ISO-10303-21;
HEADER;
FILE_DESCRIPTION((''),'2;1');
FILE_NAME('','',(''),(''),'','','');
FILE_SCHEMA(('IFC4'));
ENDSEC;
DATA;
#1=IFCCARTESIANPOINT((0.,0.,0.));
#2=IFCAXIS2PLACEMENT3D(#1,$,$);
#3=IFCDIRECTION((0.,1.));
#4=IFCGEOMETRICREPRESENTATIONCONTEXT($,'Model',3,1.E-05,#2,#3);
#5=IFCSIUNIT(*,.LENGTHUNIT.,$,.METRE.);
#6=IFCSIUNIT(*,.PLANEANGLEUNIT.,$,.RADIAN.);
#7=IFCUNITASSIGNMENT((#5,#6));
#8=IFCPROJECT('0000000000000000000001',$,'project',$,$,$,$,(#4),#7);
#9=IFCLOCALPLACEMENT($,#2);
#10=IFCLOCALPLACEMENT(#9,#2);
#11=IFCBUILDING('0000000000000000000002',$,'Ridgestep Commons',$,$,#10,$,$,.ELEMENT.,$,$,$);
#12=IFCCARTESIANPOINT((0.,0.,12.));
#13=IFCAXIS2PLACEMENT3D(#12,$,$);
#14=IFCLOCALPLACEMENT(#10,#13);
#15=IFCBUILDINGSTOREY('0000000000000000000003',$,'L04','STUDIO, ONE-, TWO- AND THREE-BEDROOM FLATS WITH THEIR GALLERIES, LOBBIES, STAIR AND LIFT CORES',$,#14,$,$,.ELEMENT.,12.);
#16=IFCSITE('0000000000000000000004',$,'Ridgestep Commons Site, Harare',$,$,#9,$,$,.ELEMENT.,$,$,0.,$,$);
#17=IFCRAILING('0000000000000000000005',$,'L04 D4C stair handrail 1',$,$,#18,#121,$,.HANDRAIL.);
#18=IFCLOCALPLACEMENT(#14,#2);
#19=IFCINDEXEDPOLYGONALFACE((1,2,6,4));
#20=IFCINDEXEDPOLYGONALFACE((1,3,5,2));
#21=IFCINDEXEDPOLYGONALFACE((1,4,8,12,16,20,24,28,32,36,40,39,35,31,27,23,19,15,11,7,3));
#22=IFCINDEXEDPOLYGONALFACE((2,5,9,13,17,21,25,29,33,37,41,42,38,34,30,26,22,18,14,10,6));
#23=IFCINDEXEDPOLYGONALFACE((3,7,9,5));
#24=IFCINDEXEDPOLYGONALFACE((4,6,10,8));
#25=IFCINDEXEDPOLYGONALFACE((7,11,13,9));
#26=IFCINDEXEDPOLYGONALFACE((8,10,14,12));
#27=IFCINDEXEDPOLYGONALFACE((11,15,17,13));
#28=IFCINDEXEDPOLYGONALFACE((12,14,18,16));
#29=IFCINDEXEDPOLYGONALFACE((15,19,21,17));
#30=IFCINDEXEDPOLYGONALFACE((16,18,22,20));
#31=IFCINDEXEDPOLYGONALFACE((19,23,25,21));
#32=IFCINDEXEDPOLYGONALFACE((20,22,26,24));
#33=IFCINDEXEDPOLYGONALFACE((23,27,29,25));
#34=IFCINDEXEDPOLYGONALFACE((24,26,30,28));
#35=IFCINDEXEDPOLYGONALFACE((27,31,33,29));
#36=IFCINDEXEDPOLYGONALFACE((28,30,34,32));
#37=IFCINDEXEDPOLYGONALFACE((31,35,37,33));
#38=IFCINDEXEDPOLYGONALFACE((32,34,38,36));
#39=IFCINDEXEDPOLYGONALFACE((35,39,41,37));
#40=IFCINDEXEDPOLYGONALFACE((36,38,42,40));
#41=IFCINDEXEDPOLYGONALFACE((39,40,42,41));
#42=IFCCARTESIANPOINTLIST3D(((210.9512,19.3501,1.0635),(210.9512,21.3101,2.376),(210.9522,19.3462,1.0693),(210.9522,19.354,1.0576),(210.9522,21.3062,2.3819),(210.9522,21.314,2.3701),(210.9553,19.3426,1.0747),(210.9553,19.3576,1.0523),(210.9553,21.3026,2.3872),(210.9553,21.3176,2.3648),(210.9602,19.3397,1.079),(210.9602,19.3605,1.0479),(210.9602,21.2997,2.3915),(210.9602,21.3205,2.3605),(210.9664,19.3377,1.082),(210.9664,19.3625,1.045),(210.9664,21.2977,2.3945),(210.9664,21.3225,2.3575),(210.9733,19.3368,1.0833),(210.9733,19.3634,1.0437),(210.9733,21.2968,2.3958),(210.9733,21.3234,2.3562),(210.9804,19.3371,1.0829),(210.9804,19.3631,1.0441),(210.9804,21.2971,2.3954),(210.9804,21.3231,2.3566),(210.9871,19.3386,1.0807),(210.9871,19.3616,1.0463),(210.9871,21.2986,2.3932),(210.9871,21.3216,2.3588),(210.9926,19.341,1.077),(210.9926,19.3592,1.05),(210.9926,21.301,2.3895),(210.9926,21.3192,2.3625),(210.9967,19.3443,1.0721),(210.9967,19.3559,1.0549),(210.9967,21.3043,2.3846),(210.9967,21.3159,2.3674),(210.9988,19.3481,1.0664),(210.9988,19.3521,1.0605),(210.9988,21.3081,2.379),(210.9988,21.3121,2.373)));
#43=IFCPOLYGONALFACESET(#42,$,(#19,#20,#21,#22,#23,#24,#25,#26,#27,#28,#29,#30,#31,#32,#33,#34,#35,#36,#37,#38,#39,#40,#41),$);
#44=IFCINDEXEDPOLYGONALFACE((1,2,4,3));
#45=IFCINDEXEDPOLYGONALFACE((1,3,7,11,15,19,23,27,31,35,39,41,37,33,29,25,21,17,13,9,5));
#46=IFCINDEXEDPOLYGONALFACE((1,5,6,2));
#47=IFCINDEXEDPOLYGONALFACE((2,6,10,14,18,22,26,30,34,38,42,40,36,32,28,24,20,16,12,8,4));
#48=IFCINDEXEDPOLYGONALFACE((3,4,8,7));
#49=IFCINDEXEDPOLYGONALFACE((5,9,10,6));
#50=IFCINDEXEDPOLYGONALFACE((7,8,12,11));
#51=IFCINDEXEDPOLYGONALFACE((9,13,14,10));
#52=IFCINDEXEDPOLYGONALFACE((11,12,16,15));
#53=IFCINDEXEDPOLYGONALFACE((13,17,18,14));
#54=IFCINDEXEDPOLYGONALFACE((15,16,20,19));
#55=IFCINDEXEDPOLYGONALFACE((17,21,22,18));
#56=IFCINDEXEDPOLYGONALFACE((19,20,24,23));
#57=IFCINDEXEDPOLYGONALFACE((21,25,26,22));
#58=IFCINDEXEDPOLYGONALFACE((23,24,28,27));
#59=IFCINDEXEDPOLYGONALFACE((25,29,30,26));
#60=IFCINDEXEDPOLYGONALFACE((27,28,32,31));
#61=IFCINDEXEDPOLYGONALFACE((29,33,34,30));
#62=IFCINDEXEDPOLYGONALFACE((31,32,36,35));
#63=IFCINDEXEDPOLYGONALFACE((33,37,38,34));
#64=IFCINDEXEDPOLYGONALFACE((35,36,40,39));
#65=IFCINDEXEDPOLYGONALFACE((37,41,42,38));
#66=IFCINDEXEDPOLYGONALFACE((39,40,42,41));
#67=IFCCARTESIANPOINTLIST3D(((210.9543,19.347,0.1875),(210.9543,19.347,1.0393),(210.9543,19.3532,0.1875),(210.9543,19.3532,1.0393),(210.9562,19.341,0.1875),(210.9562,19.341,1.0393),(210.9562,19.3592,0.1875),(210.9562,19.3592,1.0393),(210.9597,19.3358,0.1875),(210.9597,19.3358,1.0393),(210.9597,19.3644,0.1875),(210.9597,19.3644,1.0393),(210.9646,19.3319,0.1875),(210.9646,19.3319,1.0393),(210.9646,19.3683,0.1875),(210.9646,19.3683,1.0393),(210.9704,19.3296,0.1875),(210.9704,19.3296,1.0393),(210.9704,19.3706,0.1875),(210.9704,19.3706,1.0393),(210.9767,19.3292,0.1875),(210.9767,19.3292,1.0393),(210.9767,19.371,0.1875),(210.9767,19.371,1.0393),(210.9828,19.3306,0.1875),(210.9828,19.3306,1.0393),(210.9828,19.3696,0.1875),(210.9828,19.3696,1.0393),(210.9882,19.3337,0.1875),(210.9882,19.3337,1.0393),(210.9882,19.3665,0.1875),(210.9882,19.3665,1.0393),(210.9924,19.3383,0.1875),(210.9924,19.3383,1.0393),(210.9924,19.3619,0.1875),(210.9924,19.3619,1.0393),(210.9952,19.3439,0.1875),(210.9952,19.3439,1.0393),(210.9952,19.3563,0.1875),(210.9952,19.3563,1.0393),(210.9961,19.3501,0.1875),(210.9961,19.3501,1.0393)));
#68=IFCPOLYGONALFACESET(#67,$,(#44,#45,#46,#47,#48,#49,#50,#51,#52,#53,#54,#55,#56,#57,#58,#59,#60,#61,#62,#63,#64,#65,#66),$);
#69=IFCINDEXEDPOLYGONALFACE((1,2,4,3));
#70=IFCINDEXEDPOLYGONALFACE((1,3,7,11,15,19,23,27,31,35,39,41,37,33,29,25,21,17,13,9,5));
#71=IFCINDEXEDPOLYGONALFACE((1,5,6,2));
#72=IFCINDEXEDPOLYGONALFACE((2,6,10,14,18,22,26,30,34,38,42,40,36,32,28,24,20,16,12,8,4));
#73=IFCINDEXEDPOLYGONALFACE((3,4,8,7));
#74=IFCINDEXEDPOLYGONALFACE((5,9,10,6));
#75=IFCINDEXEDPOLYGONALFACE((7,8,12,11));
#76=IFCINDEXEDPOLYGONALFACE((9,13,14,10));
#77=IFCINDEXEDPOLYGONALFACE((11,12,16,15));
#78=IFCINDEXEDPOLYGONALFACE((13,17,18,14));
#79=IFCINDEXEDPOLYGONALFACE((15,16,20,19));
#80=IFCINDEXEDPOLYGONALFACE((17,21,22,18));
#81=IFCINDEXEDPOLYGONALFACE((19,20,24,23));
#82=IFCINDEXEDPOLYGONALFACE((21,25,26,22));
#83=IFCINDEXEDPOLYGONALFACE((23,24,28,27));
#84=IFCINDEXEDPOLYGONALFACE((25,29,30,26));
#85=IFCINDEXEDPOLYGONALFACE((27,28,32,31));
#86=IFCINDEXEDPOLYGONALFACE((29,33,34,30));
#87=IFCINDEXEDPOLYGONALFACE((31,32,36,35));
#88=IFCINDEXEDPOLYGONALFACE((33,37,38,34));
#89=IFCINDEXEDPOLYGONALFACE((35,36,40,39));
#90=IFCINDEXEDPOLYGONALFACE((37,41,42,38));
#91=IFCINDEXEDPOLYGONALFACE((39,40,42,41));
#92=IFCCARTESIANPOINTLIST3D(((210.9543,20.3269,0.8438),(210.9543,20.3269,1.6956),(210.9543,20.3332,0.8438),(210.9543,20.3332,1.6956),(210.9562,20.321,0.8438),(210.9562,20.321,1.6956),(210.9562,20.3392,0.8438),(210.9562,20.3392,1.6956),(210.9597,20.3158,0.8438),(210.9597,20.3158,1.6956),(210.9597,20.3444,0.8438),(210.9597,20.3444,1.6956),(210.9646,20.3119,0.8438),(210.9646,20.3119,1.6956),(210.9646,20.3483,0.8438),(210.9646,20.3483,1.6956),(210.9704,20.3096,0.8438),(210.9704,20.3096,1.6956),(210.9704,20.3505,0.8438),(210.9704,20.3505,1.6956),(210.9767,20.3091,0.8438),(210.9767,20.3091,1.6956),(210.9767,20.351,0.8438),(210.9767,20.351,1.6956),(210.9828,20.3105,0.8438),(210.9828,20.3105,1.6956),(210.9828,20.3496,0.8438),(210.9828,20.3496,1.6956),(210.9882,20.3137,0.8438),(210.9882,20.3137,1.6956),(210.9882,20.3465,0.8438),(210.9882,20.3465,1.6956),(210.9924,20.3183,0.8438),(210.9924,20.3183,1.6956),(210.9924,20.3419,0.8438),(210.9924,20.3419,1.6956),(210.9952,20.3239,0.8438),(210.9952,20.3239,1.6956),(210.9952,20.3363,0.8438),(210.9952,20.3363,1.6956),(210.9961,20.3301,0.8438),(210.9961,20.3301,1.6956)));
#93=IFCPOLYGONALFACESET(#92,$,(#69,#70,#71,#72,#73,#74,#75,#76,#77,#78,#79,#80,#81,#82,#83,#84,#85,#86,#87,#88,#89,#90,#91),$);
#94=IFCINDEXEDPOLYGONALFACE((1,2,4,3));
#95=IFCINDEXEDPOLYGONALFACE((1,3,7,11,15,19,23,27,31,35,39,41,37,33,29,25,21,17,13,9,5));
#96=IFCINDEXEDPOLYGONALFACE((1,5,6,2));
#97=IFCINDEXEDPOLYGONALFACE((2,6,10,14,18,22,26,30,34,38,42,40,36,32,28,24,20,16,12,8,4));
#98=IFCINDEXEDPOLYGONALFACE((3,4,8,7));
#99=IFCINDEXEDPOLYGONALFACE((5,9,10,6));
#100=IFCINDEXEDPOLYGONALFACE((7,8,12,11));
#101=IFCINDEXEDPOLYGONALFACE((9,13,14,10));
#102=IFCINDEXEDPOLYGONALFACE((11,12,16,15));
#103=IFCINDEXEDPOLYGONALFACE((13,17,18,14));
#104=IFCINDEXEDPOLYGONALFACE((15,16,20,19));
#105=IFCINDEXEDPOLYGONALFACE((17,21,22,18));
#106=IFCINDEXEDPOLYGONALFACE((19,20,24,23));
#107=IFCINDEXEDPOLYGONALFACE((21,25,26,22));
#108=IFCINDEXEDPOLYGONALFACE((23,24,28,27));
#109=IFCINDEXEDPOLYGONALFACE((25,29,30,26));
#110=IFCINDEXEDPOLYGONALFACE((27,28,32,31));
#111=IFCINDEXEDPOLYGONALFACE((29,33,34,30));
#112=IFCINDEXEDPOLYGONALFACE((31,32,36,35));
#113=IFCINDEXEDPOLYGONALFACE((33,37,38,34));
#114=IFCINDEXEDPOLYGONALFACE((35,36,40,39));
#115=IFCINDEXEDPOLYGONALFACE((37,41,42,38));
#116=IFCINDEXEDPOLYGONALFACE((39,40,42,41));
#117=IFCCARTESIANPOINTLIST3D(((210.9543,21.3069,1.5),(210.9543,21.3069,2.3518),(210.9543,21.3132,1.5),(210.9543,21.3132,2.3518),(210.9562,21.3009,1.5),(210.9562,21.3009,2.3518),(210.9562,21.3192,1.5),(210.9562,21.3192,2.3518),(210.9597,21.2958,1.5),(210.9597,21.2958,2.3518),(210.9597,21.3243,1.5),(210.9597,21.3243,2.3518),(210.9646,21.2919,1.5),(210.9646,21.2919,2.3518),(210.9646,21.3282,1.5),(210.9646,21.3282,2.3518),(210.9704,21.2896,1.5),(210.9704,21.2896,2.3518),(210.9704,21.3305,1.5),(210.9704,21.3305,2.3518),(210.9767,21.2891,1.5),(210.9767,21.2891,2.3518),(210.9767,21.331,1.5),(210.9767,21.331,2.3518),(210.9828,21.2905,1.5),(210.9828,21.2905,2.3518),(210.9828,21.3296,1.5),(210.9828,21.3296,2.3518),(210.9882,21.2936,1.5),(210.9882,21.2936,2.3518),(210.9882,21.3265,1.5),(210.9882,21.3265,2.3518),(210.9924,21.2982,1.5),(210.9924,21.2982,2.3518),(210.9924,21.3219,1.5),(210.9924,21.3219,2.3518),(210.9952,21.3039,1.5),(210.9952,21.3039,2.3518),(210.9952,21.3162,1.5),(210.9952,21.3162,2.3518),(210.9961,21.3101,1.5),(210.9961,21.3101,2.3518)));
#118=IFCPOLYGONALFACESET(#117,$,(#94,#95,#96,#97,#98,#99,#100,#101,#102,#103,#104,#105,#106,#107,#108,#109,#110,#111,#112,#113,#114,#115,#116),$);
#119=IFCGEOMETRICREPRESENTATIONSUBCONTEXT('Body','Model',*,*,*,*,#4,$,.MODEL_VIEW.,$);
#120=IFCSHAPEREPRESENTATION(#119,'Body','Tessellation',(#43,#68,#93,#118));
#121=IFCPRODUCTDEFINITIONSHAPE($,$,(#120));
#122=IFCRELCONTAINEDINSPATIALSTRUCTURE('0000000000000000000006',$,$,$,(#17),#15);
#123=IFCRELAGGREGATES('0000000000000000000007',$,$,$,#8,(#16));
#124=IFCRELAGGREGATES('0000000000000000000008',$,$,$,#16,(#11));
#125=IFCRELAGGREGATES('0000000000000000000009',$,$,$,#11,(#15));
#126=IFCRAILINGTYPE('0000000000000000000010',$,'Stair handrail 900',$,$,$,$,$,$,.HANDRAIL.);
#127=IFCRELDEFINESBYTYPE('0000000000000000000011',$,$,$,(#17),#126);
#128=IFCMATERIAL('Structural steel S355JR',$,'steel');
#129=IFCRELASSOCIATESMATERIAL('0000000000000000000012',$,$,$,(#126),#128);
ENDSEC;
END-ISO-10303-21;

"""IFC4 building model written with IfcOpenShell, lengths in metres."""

from ifc_helpers import new_model, si_unit, direction, frame, origin, origin_2d, place, context, subcontext, project, spatial, circle, extrude, material, type_object, element, save


model = new_model("IFC4")

# Units and contexts
model_context = context("Model", 3, precision=1e-05, world=origin(), true_north=direction((0.0, 1.0)))
body_context = subcontext(model_context, "Body", "Model", "MODEL_VIEW")
ifc_project = project(units=[si_unit("LENGTHUNIT", "METRE"), si_unit("PLANEANGLEUNIT", "RADIAN")], contexts=[model_context])

# Site, building, storey
site_placement = place(None, origin())
site = spatial("IfcSite", under=ifc_project, at=site_placement, Name="Ridgestep Commons Site, Harare", CompositionType="ELEMENT", RefElevation=0.0)
building_placement = place(site_placement, origin())
building = spatial("IfcBuilding", under=site, at=building_placement, Name="Ridgestep Commons", CompositionType="ELEMENT")
storey_placement = place(building_placement, frame((0.0, 0.0, 12.0)))
storey = spatial("IfcBuildingStorey", under=building, at=storey_placement, Name="L04", Description="STUDIO, ONE-, TWO- AND THREE-BEDROOM FLATS WITH THEIR GALLERIES, LOBBIES, STAIR AND LIFT CORES", CompositionType="ELEMENT", Elevation=12.0)

# Railing
ifc_material_1 = material(Name="Structural steel S355JR", Category="steel")
railing_type_1 = type_object("IfcRailingType", Name="Stair handrail 900", PredefinedType="HANDRAIL", material=ifc_material_1)
railing_1_placement = place(storey_placement, frame((210.9751, 19.3501, 0.1875)))
element("IfcRailing", 1, at=railing_1_placement, inside=storey, type_object=railing_type_1, Name="L04 D4C stair handrail 1", PredefinedType="HANDRAIL", context=body_context, shape_type="SweptSolid", body=[
    extrude(circle(Radius=0.0239, at=origin_2d()), frame((0.0, 0.0, 0.876), z_axis=(0.0, 0.830902, 0.556419), x_axis=(-1.0, 0.0, 0.0)), (0.0, 0.0, 1.0), 2.3589),
    extrude(circle(Radius=0.021, at=origin_2d()), origin(), (0.0, 0.0, 1.0), 0.8518),
    extrude(circle(Radius=0.021, at=origin_2d()), frame((0.0, 0.98, 0.6562)), (0.0, 0.0, 1.0), 0.8518),
    extrude(circle(Radius=0.021, at=origin_2d()), frame((0.0, 1.96, 1.3125)), (0.0, 0.0, 1.0), 0.8518),
])

save(model, "model.ifc")
